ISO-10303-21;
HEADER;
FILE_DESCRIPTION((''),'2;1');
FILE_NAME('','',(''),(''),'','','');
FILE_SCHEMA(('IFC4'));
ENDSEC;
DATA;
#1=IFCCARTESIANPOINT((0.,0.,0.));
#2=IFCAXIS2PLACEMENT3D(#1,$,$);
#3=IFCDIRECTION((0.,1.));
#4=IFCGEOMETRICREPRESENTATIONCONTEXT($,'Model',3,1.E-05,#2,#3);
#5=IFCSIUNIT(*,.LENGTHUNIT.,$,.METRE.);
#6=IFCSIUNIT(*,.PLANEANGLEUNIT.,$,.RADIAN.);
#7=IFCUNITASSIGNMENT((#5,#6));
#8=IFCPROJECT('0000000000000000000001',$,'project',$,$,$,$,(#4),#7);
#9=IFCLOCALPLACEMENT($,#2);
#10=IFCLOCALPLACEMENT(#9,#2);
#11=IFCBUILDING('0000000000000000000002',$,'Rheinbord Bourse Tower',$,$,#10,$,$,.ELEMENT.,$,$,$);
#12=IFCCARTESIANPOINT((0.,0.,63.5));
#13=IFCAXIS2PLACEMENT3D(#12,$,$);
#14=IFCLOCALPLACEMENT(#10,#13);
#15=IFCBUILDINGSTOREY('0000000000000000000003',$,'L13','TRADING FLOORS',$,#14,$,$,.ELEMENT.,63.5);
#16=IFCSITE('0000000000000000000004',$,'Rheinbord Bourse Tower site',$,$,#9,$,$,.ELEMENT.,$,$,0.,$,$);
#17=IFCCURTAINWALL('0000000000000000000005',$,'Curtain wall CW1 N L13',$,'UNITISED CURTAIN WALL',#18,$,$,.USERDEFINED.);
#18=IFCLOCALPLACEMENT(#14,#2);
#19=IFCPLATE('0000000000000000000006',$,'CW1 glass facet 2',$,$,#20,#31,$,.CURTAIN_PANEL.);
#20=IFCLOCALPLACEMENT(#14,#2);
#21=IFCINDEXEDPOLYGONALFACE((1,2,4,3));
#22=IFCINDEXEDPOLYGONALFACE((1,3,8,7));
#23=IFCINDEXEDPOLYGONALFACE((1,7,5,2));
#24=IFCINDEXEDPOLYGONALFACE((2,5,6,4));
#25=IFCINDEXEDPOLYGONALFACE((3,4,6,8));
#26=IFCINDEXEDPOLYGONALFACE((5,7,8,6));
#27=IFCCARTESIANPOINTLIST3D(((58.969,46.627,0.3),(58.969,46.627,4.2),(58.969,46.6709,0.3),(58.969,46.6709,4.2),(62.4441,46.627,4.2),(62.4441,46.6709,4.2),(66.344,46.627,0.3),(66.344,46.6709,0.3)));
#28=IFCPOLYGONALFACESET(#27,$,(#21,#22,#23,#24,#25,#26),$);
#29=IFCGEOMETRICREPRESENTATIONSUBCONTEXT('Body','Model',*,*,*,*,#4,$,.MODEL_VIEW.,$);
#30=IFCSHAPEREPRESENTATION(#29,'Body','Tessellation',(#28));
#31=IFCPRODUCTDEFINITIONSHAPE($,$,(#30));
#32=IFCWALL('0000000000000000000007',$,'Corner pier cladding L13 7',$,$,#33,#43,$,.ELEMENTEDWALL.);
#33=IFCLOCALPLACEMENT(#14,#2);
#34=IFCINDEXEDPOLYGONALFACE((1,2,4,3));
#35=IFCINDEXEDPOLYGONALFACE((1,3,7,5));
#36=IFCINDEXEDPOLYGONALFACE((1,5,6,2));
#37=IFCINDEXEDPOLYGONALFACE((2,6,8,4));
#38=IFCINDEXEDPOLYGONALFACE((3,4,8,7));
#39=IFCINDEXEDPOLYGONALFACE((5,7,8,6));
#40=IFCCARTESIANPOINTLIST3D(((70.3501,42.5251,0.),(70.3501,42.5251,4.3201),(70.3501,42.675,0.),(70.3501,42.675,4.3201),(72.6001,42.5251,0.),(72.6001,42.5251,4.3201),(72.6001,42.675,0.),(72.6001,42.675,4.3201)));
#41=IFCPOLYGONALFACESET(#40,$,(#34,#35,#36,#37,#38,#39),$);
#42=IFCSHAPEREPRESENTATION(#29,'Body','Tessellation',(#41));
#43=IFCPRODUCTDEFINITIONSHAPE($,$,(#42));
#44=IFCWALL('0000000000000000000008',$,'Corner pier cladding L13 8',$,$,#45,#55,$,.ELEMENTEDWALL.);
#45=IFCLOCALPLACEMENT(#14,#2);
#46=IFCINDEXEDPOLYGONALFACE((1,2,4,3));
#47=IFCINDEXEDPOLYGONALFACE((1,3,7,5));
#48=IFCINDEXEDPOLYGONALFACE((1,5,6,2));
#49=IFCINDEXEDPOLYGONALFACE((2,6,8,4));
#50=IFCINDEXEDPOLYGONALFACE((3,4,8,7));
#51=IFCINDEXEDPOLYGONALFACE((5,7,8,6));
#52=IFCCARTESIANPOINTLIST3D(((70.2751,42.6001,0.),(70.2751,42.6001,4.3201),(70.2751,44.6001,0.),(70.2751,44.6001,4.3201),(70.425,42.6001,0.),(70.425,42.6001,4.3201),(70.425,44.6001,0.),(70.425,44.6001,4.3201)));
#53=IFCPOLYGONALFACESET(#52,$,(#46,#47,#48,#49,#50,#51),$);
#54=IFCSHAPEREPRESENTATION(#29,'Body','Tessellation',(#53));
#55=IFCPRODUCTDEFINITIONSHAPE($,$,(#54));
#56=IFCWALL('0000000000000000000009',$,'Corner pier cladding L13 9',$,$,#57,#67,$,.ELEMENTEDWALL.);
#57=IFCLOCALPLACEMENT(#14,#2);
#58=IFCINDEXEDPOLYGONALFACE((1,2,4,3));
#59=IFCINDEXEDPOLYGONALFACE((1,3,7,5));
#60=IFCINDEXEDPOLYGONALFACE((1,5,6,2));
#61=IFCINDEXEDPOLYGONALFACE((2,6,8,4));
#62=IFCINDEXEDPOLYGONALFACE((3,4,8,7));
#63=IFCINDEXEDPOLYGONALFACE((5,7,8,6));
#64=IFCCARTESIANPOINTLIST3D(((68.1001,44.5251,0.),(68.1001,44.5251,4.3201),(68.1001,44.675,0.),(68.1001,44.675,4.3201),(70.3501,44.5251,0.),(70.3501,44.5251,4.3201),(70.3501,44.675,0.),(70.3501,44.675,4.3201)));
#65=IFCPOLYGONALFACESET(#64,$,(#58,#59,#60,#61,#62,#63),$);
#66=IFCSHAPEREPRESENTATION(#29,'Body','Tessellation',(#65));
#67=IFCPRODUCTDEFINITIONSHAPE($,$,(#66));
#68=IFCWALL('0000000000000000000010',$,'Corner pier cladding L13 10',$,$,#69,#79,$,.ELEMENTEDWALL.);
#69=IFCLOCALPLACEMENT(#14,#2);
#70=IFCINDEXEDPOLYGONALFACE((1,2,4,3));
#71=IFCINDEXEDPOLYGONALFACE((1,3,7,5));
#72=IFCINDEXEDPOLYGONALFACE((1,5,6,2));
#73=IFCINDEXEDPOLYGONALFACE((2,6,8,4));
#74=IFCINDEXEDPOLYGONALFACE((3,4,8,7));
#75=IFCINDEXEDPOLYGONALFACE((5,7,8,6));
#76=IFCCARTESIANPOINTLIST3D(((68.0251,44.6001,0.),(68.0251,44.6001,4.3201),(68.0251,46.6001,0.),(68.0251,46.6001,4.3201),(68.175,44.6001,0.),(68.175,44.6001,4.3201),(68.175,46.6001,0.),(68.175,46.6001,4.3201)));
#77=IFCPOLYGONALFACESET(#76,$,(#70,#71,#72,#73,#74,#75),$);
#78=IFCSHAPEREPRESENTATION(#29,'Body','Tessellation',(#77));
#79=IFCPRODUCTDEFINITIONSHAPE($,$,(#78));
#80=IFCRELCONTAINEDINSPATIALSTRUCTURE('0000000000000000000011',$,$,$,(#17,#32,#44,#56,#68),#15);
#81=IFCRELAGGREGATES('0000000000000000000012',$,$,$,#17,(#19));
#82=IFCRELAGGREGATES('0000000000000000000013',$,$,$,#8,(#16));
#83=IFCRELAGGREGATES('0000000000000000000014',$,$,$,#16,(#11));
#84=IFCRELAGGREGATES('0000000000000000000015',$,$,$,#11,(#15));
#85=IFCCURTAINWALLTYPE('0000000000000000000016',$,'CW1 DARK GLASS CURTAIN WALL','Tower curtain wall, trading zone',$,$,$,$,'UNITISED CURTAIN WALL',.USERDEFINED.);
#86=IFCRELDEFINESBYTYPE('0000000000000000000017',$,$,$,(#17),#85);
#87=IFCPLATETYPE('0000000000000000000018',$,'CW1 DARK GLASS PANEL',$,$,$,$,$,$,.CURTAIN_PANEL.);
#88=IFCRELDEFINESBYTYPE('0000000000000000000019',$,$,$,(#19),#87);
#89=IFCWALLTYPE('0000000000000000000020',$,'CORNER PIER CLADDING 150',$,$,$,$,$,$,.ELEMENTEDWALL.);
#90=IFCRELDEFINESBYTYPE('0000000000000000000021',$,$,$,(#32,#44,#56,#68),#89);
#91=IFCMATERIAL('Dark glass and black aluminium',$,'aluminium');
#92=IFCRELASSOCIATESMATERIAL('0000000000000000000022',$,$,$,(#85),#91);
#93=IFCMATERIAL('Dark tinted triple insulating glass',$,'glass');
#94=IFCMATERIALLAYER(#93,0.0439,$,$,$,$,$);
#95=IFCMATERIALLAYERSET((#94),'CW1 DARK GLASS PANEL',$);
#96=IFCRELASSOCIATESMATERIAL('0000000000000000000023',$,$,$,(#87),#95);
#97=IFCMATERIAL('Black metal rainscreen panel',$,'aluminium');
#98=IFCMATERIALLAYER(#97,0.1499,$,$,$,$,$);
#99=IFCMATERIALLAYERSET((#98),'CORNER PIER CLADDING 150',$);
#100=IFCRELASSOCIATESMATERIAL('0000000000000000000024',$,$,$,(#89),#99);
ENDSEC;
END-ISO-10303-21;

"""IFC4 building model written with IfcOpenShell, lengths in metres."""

from ifc_helpers import new_model, si_unit, direction, frame, frame_2d, origin, place, context, subcontext, project, spatial, polyline, rectangle, outline, extrude, material, layer, layer_set, type_object, element, aggregate, save


model = new_model("IFC4")

# Units and contexts
model_context = context("Model", 3, precision=1e-05, world=origin(), true_north=direction((0.0, 1.0)))
body_context = subcontext(model_context, "Body", "Model", "MODEL_VIEW")
ifc_project = project(units=[si_unit("LENGTHUNIT", "METRE"), si_unit("PLANEANGLEUNIT", "RADIAN")], contexts=[model_context])

# Site, building, storey
site_placement = place(None, origin())
site = spatial("IfcSite", under=ifc_project, at=site_placement, Name="Rheinbord Bourse Tower site", CompositionType="ELEMENT", RefElevation=0.0)
building_placement = place(site_placement, origin())
building = spatial("IfcBuilding", under=site, at=building_placement, Name="Rheinbord Bourse Tower", CompositionType="ELEMENT")
storey_placement = place(building_placement, frame((0.0, 0.0, 63.5)))
storey = spatial("IfcBuildingStorey", under=building, at=storey_placement, Name="L13", Description="TRADING FLOORS", CompositionType="ELEMENT", Elevation=63.5)

# Curtain wall
ifc_material_1 = material(Name="Dark glass and black aluminium", Category="aluminium")
curtain_wall_type = type_object("IfcCurtainWallType", Name="CW1 DARK GLASS CURTAIN WALL", Description="Tower curtain wall, trading zone", ElementType="UNITISED CURTAIN WALL", PredefinedType="USERDEFINED", material=ifc_material_1)
curtain_wall_1_placement = place(storey_placement, origin())
curtain_wall_1 = element("IfcCurtainWall", 1, at=curtain_wall_1_placement, inside=storey, type_object=curtain_wall_type, Name="Curtain wall CW1 N L13", ObjectType="UNITISED CURTAIN WALL", PredefinedType="USERDEFINED")

# Plate
ifc_material_2 = material(Name="Dark tinted triple insulating glass", Category="glass")
ifc_layer_1 = layer(ifc_material_2, 0.0439)
ifc_layer_set_1 = layer_set([ifc_layer_1], Name="CW1 DARK GLASS PANEL")
plate_type = type_object("IfcPlateType", Name="CW1 DARK GLASS PANEL", PredefinedType="CURTAIN_PANEL", material=ifc_layer_set_1)
plate_1_placement = place(storey_placement, frame((58.969, 46.6709, 4.2), z_axis=(0.0, -1.0, 0.0), x_axis=(0.0, 0.0, -1.0)))
plate_1 = element("IfcPlate", 2, at=plate_1_placement, type_object=plate_type, Name="CW1 glass facet 2", PredefinedType="CURTAIN_PANEL", context=body_context, shape_type="SweptSolid", body=[
    extrude(outline(polyline([(0.0, 0.0), (3.8999, 0.0), (3.8999, 7.375), (0.0, 3.4751), (0.0, 0.0)])), origin(), (0.0, 0.0, 1.0), 0.0439),
])
aggregate(curtain_wall_1, [plate_1])

# Walls
ifc_material_3 = material(Name="Black metal rainscreen panel", Category="aluminium")
ifc_layer_2 = layer(ifc_material_3, 0.1499)
ifc_layer_set_2 = layer_set([ifc_layer_2], Name="CORNER PIER CLADDING 150")
wall_type = type_object("IfcWallType", Name="CORNER PIER CLADDING 150", PredefinedType="ELEMENTEDWALL", material=ifc_layer_set_2)
wall_1_placement = place(storey_placement, frame((72.6001, 42.6001, 0.0), z_axis=(0.0, 0.0, 1.0), x_axis=(-1.0, 0.0, 0.0)))
element("IfcWall", 3, at=wall_1_placement, inside=storey, type_object=wall_type, Name="Corner pier cladding L13 7", PredefinedType="ELEMENTEDWALL", context=body_context, shape_type="SweptSolid", body=[
    extrude(rectangle(XDim=2.25, YDim=0.1499, at=frame_2d((1.125, 0.0))), origin(), (0.0, 0.0, 1.0), 4.3201),
])
wall_2_placement = place(storey_placement, frame((70.3501, 42.6001, 0.0), z_axis=(0.0, 0.0, 1.0), x_axis=(0.0, 1.0, 0.0)))
element("IfcWall", 4, at=wall_2_placement, inside=storey, type_object=wall_type, Name="Corner pier cladding L13 8", PredefinedType="ELEMENTEDWALL", context=body_context, shape_type="SweptSolid", body=[
    extrude(rectangle(XDim=2.0, YDim=0.1499, at=frame_2d((1.0, 0.0))), origin(), (0.0, 0.0, 1.0), 4.3201),
])
wall_3_placement = place(storey_placement, frame((70.3501, 44.6001, 0.0), z_axis=(0.0, 0.0, 1.0), x_axis=(-1.0, 0.0, 0.0)))
element("IfcWall", 5, at=wall_3_placement, inside=storey, type_object=wall_type, Name="Corner pier cladding L13 9", PredefinedType="ELEMENTEDWALL", context=body_context, shape_type="SweptSolid", body=[
    extrude(rectangle(XDim=2.25, YDim=0.1499, at=frame_2d((1.125, 0.0))), origin(), (0.0, 0.0, 1.0), 4.3201),
])
wall_4_placement = place(storey_placement, frame((68.1001, 44.6001, 0.0), z_axis=(0.0, 0.0, 1.0), x_axis=(0.0, 1.0, 0.0)))
element("IfcWall", 6, at=wall_4_placement, inside=storey, type_object=wall_type, Name="Corner pier cladding L13 10", PredefinedType="ELEMENTEDWALL", context=body_context, shape_type="SweptSolid", body=[
    extrude(rectangle(XDim=2.0, YDim=0.1499, at=frame_2d((1.0, 0.0))), origin(), (0.0, 0.0, 1.0), 4.3201),
])

save(model, "model.ifc")
